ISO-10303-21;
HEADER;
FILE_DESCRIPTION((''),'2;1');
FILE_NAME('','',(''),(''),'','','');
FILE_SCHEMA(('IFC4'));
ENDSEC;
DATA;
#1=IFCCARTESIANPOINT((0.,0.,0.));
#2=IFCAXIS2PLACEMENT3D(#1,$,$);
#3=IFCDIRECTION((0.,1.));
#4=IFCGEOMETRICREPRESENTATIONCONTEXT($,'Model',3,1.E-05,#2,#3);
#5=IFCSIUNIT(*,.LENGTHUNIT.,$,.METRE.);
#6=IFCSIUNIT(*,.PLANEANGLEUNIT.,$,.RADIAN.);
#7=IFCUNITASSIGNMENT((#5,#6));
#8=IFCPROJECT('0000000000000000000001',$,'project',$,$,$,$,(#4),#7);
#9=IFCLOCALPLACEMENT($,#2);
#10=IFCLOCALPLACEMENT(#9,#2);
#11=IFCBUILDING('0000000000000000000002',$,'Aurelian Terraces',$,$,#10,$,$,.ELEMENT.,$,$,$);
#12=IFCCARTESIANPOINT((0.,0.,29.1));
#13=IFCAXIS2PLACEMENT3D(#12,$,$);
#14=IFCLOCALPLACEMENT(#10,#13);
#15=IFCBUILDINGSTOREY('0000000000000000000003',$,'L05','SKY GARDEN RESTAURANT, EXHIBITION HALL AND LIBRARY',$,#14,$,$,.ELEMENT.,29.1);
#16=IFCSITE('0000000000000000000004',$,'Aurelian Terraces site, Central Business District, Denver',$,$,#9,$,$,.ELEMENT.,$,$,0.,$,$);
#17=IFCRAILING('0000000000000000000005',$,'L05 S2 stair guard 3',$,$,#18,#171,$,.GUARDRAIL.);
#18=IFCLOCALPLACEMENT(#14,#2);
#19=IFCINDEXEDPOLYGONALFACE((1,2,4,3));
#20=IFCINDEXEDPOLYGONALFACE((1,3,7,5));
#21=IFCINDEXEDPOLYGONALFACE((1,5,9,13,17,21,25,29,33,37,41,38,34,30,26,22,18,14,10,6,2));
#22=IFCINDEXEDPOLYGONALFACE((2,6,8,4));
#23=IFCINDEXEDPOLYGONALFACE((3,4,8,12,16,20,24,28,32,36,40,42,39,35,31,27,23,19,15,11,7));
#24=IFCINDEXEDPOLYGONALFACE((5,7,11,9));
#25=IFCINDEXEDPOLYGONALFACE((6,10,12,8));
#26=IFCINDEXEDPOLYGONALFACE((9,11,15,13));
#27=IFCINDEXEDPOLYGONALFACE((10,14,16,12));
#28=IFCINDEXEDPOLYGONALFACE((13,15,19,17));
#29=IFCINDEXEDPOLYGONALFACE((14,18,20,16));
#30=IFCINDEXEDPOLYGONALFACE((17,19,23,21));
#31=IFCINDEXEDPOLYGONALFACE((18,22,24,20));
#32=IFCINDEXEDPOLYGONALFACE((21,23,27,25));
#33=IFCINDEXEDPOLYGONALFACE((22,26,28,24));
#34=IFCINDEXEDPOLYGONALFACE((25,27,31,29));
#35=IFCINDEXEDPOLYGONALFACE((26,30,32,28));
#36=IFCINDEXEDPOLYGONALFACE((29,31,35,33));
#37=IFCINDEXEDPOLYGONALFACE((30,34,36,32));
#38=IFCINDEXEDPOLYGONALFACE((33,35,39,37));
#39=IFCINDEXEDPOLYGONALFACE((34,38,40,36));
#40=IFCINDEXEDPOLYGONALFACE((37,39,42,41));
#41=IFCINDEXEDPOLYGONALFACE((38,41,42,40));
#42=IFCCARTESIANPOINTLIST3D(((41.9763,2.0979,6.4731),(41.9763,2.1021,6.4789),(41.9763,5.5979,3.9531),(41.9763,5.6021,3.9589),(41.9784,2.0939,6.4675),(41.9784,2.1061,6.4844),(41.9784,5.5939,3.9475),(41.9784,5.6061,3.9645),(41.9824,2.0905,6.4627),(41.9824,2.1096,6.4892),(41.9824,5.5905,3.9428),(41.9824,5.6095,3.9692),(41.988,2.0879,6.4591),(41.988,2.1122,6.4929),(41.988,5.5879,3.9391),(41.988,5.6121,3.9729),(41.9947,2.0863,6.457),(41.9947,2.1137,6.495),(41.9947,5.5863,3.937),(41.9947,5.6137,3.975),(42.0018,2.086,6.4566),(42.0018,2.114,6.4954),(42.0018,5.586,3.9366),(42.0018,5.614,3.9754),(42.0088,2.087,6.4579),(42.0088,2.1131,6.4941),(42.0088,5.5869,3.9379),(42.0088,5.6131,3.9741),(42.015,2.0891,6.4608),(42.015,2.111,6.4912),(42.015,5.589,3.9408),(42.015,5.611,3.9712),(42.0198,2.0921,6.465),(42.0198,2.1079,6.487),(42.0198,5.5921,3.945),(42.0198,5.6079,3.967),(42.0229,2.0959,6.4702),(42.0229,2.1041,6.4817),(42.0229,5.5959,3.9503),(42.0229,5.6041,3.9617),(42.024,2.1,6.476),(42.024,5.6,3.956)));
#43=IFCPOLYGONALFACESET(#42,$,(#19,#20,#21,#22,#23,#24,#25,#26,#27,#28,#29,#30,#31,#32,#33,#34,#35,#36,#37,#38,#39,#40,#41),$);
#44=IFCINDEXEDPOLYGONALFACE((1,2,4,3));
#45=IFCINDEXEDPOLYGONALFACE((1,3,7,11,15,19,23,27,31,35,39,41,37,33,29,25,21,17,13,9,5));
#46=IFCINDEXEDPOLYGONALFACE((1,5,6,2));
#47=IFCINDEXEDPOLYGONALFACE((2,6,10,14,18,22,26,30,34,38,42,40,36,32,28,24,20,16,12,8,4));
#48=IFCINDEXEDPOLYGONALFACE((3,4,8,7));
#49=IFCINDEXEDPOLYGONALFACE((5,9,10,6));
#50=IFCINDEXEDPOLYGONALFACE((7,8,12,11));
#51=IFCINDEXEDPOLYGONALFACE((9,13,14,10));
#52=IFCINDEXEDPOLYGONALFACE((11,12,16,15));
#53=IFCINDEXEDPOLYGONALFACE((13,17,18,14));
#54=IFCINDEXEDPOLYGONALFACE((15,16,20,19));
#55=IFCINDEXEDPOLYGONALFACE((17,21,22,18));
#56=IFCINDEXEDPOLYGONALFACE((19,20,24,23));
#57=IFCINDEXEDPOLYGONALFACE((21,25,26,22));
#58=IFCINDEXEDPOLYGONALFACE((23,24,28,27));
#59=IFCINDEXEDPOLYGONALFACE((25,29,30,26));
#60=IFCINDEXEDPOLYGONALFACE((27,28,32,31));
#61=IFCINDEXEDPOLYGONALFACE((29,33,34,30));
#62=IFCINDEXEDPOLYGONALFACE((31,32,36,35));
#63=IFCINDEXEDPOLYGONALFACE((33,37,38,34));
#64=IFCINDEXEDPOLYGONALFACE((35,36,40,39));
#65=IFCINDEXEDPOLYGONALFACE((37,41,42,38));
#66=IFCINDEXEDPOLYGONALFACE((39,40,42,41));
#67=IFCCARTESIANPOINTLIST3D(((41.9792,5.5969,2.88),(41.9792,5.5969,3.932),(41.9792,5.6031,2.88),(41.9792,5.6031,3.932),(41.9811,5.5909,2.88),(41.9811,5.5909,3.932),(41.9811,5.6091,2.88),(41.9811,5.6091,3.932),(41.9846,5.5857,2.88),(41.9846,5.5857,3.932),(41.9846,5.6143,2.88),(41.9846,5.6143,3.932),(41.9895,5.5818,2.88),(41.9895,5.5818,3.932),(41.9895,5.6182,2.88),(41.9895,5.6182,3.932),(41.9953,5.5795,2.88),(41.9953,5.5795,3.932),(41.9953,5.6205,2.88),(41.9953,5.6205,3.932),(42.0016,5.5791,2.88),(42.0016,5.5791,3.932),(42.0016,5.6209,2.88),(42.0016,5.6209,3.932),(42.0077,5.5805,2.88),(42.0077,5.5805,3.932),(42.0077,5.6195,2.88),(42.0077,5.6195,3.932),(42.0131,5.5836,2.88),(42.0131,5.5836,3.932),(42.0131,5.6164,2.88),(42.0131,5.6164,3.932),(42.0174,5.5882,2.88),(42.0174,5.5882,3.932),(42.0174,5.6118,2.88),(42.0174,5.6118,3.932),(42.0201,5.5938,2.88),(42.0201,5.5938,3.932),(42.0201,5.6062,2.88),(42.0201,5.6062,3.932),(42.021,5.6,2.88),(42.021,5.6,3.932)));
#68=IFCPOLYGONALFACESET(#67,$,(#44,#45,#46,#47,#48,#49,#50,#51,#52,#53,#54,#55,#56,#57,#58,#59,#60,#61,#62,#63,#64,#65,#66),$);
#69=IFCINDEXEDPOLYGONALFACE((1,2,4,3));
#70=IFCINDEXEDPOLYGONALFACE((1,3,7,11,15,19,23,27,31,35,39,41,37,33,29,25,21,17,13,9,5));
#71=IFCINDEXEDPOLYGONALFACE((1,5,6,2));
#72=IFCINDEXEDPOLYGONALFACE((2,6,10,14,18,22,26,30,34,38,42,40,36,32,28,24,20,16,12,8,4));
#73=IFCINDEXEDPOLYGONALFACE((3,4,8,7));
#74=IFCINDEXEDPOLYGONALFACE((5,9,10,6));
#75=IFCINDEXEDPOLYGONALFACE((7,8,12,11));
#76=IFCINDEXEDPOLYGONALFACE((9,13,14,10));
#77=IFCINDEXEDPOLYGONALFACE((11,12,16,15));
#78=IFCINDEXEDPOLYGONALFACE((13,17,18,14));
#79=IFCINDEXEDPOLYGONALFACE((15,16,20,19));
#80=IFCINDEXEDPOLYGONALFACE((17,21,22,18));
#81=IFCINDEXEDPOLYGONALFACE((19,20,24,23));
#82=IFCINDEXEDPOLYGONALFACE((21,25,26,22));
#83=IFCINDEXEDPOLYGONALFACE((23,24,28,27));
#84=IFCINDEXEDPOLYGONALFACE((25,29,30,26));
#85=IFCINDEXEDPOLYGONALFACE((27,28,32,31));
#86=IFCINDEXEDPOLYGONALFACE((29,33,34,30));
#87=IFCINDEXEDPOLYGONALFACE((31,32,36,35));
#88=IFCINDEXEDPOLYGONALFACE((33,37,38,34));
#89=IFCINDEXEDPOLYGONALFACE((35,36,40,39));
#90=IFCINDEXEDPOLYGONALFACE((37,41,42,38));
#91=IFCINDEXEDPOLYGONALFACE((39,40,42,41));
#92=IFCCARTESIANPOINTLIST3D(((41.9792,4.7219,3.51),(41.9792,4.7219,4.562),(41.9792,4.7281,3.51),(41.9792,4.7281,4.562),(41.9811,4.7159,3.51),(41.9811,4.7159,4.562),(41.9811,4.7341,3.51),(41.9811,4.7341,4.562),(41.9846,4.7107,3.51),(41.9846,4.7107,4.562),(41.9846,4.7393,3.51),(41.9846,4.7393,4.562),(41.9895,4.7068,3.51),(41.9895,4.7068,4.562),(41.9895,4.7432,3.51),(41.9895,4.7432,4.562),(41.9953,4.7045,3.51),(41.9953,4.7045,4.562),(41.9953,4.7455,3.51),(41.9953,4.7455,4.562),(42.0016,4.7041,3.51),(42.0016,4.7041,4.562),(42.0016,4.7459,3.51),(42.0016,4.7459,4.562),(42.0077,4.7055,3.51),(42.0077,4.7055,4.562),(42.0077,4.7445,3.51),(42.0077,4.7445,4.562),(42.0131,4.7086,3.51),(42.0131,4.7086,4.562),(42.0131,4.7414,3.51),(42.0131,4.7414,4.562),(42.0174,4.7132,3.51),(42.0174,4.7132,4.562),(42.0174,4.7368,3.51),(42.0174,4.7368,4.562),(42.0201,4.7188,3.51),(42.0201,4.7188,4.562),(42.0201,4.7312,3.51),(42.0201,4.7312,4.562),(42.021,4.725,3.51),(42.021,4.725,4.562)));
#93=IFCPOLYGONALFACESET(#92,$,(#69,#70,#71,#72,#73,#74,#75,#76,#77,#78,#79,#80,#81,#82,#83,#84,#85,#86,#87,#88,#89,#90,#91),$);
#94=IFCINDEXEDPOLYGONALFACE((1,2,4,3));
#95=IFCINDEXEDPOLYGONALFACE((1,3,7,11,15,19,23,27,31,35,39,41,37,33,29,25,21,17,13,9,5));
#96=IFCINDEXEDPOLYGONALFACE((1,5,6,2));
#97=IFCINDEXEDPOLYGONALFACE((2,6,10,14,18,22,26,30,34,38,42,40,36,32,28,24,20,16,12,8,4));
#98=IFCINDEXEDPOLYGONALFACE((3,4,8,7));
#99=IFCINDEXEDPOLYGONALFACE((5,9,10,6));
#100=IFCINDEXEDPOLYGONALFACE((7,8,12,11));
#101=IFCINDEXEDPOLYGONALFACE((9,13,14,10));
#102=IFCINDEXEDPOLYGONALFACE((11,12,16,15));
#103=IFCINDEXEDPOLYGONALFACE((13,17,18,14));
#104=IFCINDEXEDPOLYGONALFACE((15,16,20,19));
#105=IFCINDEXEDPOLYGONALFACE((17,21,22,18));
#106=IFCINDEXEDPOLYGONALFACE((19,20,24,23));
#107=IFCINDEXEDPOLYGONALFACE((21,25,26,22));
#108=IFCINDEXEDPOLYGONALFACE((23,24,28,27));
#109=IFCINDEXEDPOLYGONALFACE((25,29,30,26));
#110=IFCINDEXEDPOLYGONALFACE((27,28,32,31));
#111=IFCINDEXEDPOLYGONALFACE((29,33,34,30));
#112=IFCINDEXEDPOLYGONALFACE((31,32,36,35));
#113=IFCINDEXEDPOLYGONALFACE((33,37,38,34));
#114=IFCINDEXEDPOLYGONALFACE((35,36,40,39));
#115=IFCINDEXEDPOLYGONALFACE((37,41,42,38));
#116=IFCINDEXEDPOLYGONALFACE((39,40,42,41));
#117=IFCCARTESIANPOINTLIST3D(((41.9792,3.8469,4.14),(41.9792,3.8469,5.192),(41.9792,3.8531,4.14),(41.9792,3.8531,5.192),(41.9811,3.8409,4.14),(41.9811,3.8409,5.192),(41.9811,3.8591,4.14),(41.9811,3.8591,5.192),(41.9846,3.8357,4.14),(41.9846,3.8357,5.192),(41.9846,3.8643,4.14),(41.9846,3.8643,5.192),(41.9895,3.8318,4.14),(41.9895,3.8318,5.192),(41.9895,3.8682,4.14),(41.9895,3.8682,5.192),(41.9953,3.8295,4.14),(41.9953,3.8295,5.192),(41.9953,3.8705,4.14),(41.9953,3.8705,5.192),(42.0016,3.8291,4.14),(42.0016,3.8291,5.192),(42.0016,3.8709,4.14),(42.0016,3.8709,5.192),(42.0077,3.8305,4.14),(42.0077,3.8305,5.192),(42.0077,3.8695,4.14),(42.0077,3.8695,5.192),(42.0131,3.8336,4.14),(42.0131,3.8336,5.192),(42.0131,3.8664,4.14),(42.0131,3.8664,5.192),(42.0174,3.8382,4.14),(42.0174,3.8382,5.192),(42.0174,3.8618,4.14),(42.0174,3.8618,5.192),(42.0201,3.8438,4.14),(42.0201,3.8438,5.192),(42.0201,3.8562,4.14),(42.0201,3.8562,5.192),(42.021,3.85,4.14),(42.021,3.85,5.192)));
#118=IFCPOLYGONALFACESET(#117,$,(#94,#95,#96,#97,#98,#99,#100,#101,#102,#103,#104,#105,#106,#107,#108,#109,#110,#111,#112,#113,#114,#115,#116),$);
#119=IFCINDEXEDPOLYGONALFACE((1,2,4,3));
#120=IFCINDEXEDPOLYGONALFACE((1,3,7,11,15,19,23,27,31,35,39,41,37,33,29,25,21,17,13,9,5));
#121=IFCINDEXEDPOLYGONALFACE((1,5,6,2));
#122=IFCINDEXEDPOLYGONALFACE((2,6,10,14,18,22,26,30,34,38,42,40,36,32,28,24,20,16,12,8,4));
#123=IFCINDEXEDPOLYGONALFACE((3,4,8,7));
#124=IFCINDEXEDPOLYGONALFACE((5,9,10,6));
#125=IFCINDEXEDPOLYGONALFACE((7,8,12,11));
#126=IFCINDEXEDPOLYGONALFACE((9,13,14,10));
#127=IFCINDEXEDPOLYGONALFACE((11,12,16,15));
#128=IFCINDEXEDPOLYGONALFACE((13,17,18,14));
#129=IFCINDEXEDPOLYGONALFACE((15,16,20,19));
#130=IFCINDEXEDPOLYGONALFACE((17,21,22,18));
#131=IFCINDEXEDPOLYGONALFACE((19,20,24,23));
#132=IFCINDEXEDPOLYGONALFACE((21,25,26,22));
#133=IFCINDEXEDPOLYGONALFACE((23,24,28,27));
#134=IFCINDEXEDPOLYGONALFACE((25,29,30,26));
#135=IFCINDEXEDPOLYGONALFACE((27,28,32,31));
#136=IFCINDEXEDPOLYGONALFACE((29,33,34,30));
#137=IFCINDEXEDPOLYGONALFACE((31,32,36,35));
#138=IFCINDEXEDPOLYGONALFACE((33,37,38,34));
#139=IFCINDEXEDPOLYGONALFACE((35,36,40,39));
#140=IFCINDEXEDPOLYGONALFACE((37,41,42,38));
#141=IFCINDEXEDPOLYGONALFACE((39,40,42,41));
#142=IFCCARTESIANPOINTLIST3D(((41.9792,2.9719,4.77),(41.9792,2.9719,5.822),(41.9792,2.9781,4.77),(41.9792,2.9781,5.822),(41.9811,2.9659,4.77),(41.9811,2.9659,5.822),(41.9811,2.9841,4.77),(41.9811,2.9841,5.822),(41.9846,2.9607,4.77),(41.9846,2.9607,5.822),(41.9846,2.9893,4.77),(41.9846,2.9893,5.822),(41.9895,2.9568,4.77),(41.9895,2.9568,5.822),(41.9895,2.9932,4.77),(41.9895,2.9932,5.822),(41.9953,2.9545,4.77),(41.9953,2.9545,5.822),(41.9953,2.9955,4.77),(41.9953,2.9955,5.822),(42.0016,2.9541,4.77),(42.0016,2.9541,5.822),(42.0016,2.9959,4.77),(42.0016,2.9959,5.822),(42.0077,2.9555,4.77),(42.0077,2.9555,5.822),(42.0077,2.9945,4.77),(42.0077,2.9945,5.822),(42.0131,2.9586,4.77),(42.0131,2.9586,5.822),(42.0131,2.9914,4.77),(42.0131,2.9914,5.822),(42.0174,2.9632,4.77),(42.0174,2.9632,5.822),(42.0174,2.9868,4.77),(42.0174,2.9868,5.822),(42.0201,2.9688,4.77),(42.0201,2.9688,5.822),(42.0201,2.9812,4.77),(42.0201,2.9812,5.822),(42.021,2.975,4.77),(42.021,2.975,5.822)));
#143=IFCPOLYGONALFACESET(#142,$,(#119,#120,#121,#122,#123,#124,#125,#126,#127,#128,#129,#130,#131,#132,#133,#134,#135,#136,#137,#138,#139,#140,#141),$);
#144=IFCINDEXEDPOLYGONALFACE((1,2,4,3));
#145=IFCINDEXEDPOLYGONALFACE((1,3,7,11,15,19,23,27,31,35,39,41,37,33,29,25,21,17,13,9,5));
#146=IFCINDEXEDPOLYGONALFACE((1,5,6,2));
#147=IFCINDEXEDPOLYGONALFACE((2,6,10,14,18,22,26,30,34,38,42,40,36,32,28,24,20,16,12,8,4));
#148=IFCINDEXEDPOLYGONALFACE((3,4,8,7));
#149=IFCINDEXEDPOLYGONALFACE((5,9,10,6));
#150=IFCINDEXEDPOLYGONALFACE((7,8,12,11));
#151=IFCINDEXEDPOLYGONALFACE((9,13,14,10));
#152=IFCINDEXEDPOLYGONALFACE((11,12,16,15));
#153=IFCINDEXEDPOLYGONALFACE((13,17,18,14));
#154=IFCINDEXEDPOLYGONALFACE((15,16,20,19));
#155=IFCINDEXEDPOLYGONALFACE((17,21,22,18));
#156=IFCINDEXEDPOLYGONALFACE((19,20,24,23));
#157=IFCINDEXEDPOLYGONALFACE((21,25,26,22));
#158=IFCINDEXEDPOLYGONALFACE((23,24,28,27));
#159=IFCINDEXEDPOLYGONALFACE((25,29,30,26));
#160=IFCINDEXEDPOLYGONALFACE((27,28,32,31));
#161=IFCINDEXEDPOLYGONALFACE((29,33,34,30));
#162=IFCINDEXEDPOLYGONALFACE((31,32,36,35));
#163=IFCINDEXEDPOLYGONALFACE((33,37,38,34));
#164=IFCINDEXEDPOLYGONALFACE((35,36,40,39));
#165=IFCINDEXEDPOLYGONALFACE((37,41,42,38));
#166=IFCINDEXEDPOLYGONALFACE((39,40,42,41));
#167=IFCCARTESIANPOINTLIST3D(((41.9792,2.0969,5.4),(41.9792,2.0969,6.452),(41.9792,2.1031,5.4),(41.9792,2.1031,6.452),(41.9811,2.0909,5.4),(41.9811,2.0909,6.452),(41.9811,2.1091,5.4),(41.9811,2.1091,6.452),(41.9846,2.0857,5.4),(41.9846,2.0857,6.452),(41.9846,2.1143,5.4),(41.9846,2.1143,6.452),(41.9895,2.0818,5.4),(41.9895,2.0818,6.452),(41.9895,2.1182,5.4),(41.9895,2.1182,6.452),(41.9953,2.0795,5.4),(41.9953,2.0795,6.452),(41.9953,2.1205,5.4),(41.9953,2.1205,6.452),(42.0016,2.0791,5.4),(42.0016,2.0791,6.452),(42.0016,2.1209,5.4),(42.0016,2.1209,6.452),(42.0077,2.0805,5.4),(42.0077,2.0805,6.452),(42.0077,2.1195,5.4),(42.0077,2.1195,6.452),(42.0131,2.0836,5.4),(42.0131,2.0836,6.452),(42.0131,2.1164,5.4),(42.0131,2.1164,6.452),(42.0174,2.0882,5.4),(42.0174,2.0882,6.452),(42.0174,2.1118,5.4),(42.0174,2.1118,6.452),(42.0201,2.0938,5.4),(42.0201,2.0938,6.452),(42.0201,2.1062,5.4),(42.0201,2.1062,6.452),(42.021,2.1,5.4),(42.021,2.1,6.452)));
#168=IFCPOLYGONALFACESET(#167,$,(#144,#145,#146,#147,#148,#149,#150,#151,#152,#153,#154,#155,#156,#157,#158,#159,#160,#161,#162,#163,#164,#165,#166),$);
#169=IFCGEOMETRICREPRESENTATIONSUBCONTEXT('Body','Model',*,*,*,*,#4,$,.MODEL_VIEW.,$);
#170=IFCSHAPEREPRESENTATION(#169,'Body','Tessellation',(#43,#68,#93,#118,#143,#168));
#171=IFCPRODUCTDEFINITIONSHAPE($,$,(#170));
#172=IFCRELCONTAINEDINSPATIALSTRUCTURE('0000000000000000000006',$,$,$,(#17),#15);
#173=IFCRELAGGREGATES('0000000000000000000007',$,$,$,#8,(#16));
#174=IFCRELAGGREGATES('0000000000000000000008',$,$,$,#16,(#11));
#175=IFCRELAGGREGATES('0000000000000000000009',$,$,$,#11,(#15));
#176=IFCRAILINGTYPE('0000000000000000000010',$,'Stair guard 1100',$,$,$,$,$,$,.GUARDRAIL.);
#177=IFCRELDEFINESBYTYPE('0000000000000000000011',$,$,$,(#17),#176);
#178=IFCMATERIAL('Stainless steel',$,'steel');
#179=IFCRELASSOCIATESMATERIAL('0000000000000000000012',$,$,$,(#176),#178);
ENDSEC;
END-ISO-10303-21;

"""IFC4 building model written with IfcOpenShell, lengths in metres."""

from ifc_helpers import new_model, si_unit, direction, frame, origin, origin_2d, place, context, subcontext, project, spatial, circle, extrude, source, transform, mapped, material, type_object, element, save


model = new_model("IFC4")

# Units and contexts
model_context = context("Model", 3, precision=1e-05, world=origin(), true_north=direction((0.0, 1.0)))
body_context = subcontext(model_context, "Body", "Model", "MODEL_VIEW")
ifc_project = project(units=[si_unit("LENGTHUNIT", "METRE"), si_unit("PLANEANGLEUNIT", "RADIAN")], contexts=[model_context])

# Site, building, storey
site_placement = place(None, origin())
site = spatial("IfcSite", under=ifc_project, at=site_placement, Name="Aurelian Terraces site, Central Business District, Denver", CompositionType="ELEMENT", RefElevation=0.0)
building_placement = place(site_placement, origin())
building = spatial("IfcBuilding", under=site, at=building_placement, Name="Aurelian Terraces", CompositionType="ELEMENT")
storey_placement = place(building_placement, frame((0.0, 0.0, 29.1)))
storey = spatial("IfcBuildingStorey", under=building, at=storey_placement, Name="L05", Description="SKY GARDEN RESTAURANT, EXHIBITION HALL AND LIBRARY", CompositionType="ELEMENT", Elevation=29.1)

# Railing
ifc_material_1 = material(Name="Stainless steel", Category="steel")
railing_type_1 = type_object("IfcRailingType", Name="Stair guard 1100", PredefinedType="GUARDRAIL", material=ifc_material_1)
shared_shape_1 = source(origin(), body_context, "Body", "SweptSolid", [
    extrude(circle(Radius=0.024, at=origin_2d()), frame((0.0, 0.0, 1.076), z_axis=(0.0, -0.811534, 0.584305), x_axis=(1.0, 0.0, 0.0)), (0.0, 0.0, 1.0), 4.3128),
    extrude(circle(Radius=0.021, at=origin_2d()), origin(), (0.0, 0.0, 1.0), 1.052),
    extrude(circle(Radius=0.021, at=origin_2d()), frame((0.0, -0.875, 0.63)), (0.0, 0.0, 1.0), 1.052),
    extrude(circle(Radius=0.021, at=origin_2d()), frame((0.0, -1.75, 1.26)), (0.0, 0.0, 1.0), 1.052),
    extrude(circle(Radius=0.021, at=origin_2d()), frame((0.0, -2.625, 1.89)), (0.0, 0.0, 1.0), 1.052),
    extrude(circle(Radius=0.021, at=origin_2d()), frame((0.0, -3.5, 2.52)), (0.0, 0.0, 1.0), 1.052),
])
railing_1_placement = place(storey_placement, frame((42.0, 5.6, 2.88)))
element("IfcRailing", 1, at=railing_1_placement, inside=storey, type_object=railing_type_1, Name="L05 S2 stair guard 3", PredefinedType="GUARDRAIL", context=body_context, shape_type="MappedRepresentation", body=[
    mapped(shared_shape_1, transform((0.0, 0.0, 0.0), scale=1.0)),
])

save(model, "model.ifc")
